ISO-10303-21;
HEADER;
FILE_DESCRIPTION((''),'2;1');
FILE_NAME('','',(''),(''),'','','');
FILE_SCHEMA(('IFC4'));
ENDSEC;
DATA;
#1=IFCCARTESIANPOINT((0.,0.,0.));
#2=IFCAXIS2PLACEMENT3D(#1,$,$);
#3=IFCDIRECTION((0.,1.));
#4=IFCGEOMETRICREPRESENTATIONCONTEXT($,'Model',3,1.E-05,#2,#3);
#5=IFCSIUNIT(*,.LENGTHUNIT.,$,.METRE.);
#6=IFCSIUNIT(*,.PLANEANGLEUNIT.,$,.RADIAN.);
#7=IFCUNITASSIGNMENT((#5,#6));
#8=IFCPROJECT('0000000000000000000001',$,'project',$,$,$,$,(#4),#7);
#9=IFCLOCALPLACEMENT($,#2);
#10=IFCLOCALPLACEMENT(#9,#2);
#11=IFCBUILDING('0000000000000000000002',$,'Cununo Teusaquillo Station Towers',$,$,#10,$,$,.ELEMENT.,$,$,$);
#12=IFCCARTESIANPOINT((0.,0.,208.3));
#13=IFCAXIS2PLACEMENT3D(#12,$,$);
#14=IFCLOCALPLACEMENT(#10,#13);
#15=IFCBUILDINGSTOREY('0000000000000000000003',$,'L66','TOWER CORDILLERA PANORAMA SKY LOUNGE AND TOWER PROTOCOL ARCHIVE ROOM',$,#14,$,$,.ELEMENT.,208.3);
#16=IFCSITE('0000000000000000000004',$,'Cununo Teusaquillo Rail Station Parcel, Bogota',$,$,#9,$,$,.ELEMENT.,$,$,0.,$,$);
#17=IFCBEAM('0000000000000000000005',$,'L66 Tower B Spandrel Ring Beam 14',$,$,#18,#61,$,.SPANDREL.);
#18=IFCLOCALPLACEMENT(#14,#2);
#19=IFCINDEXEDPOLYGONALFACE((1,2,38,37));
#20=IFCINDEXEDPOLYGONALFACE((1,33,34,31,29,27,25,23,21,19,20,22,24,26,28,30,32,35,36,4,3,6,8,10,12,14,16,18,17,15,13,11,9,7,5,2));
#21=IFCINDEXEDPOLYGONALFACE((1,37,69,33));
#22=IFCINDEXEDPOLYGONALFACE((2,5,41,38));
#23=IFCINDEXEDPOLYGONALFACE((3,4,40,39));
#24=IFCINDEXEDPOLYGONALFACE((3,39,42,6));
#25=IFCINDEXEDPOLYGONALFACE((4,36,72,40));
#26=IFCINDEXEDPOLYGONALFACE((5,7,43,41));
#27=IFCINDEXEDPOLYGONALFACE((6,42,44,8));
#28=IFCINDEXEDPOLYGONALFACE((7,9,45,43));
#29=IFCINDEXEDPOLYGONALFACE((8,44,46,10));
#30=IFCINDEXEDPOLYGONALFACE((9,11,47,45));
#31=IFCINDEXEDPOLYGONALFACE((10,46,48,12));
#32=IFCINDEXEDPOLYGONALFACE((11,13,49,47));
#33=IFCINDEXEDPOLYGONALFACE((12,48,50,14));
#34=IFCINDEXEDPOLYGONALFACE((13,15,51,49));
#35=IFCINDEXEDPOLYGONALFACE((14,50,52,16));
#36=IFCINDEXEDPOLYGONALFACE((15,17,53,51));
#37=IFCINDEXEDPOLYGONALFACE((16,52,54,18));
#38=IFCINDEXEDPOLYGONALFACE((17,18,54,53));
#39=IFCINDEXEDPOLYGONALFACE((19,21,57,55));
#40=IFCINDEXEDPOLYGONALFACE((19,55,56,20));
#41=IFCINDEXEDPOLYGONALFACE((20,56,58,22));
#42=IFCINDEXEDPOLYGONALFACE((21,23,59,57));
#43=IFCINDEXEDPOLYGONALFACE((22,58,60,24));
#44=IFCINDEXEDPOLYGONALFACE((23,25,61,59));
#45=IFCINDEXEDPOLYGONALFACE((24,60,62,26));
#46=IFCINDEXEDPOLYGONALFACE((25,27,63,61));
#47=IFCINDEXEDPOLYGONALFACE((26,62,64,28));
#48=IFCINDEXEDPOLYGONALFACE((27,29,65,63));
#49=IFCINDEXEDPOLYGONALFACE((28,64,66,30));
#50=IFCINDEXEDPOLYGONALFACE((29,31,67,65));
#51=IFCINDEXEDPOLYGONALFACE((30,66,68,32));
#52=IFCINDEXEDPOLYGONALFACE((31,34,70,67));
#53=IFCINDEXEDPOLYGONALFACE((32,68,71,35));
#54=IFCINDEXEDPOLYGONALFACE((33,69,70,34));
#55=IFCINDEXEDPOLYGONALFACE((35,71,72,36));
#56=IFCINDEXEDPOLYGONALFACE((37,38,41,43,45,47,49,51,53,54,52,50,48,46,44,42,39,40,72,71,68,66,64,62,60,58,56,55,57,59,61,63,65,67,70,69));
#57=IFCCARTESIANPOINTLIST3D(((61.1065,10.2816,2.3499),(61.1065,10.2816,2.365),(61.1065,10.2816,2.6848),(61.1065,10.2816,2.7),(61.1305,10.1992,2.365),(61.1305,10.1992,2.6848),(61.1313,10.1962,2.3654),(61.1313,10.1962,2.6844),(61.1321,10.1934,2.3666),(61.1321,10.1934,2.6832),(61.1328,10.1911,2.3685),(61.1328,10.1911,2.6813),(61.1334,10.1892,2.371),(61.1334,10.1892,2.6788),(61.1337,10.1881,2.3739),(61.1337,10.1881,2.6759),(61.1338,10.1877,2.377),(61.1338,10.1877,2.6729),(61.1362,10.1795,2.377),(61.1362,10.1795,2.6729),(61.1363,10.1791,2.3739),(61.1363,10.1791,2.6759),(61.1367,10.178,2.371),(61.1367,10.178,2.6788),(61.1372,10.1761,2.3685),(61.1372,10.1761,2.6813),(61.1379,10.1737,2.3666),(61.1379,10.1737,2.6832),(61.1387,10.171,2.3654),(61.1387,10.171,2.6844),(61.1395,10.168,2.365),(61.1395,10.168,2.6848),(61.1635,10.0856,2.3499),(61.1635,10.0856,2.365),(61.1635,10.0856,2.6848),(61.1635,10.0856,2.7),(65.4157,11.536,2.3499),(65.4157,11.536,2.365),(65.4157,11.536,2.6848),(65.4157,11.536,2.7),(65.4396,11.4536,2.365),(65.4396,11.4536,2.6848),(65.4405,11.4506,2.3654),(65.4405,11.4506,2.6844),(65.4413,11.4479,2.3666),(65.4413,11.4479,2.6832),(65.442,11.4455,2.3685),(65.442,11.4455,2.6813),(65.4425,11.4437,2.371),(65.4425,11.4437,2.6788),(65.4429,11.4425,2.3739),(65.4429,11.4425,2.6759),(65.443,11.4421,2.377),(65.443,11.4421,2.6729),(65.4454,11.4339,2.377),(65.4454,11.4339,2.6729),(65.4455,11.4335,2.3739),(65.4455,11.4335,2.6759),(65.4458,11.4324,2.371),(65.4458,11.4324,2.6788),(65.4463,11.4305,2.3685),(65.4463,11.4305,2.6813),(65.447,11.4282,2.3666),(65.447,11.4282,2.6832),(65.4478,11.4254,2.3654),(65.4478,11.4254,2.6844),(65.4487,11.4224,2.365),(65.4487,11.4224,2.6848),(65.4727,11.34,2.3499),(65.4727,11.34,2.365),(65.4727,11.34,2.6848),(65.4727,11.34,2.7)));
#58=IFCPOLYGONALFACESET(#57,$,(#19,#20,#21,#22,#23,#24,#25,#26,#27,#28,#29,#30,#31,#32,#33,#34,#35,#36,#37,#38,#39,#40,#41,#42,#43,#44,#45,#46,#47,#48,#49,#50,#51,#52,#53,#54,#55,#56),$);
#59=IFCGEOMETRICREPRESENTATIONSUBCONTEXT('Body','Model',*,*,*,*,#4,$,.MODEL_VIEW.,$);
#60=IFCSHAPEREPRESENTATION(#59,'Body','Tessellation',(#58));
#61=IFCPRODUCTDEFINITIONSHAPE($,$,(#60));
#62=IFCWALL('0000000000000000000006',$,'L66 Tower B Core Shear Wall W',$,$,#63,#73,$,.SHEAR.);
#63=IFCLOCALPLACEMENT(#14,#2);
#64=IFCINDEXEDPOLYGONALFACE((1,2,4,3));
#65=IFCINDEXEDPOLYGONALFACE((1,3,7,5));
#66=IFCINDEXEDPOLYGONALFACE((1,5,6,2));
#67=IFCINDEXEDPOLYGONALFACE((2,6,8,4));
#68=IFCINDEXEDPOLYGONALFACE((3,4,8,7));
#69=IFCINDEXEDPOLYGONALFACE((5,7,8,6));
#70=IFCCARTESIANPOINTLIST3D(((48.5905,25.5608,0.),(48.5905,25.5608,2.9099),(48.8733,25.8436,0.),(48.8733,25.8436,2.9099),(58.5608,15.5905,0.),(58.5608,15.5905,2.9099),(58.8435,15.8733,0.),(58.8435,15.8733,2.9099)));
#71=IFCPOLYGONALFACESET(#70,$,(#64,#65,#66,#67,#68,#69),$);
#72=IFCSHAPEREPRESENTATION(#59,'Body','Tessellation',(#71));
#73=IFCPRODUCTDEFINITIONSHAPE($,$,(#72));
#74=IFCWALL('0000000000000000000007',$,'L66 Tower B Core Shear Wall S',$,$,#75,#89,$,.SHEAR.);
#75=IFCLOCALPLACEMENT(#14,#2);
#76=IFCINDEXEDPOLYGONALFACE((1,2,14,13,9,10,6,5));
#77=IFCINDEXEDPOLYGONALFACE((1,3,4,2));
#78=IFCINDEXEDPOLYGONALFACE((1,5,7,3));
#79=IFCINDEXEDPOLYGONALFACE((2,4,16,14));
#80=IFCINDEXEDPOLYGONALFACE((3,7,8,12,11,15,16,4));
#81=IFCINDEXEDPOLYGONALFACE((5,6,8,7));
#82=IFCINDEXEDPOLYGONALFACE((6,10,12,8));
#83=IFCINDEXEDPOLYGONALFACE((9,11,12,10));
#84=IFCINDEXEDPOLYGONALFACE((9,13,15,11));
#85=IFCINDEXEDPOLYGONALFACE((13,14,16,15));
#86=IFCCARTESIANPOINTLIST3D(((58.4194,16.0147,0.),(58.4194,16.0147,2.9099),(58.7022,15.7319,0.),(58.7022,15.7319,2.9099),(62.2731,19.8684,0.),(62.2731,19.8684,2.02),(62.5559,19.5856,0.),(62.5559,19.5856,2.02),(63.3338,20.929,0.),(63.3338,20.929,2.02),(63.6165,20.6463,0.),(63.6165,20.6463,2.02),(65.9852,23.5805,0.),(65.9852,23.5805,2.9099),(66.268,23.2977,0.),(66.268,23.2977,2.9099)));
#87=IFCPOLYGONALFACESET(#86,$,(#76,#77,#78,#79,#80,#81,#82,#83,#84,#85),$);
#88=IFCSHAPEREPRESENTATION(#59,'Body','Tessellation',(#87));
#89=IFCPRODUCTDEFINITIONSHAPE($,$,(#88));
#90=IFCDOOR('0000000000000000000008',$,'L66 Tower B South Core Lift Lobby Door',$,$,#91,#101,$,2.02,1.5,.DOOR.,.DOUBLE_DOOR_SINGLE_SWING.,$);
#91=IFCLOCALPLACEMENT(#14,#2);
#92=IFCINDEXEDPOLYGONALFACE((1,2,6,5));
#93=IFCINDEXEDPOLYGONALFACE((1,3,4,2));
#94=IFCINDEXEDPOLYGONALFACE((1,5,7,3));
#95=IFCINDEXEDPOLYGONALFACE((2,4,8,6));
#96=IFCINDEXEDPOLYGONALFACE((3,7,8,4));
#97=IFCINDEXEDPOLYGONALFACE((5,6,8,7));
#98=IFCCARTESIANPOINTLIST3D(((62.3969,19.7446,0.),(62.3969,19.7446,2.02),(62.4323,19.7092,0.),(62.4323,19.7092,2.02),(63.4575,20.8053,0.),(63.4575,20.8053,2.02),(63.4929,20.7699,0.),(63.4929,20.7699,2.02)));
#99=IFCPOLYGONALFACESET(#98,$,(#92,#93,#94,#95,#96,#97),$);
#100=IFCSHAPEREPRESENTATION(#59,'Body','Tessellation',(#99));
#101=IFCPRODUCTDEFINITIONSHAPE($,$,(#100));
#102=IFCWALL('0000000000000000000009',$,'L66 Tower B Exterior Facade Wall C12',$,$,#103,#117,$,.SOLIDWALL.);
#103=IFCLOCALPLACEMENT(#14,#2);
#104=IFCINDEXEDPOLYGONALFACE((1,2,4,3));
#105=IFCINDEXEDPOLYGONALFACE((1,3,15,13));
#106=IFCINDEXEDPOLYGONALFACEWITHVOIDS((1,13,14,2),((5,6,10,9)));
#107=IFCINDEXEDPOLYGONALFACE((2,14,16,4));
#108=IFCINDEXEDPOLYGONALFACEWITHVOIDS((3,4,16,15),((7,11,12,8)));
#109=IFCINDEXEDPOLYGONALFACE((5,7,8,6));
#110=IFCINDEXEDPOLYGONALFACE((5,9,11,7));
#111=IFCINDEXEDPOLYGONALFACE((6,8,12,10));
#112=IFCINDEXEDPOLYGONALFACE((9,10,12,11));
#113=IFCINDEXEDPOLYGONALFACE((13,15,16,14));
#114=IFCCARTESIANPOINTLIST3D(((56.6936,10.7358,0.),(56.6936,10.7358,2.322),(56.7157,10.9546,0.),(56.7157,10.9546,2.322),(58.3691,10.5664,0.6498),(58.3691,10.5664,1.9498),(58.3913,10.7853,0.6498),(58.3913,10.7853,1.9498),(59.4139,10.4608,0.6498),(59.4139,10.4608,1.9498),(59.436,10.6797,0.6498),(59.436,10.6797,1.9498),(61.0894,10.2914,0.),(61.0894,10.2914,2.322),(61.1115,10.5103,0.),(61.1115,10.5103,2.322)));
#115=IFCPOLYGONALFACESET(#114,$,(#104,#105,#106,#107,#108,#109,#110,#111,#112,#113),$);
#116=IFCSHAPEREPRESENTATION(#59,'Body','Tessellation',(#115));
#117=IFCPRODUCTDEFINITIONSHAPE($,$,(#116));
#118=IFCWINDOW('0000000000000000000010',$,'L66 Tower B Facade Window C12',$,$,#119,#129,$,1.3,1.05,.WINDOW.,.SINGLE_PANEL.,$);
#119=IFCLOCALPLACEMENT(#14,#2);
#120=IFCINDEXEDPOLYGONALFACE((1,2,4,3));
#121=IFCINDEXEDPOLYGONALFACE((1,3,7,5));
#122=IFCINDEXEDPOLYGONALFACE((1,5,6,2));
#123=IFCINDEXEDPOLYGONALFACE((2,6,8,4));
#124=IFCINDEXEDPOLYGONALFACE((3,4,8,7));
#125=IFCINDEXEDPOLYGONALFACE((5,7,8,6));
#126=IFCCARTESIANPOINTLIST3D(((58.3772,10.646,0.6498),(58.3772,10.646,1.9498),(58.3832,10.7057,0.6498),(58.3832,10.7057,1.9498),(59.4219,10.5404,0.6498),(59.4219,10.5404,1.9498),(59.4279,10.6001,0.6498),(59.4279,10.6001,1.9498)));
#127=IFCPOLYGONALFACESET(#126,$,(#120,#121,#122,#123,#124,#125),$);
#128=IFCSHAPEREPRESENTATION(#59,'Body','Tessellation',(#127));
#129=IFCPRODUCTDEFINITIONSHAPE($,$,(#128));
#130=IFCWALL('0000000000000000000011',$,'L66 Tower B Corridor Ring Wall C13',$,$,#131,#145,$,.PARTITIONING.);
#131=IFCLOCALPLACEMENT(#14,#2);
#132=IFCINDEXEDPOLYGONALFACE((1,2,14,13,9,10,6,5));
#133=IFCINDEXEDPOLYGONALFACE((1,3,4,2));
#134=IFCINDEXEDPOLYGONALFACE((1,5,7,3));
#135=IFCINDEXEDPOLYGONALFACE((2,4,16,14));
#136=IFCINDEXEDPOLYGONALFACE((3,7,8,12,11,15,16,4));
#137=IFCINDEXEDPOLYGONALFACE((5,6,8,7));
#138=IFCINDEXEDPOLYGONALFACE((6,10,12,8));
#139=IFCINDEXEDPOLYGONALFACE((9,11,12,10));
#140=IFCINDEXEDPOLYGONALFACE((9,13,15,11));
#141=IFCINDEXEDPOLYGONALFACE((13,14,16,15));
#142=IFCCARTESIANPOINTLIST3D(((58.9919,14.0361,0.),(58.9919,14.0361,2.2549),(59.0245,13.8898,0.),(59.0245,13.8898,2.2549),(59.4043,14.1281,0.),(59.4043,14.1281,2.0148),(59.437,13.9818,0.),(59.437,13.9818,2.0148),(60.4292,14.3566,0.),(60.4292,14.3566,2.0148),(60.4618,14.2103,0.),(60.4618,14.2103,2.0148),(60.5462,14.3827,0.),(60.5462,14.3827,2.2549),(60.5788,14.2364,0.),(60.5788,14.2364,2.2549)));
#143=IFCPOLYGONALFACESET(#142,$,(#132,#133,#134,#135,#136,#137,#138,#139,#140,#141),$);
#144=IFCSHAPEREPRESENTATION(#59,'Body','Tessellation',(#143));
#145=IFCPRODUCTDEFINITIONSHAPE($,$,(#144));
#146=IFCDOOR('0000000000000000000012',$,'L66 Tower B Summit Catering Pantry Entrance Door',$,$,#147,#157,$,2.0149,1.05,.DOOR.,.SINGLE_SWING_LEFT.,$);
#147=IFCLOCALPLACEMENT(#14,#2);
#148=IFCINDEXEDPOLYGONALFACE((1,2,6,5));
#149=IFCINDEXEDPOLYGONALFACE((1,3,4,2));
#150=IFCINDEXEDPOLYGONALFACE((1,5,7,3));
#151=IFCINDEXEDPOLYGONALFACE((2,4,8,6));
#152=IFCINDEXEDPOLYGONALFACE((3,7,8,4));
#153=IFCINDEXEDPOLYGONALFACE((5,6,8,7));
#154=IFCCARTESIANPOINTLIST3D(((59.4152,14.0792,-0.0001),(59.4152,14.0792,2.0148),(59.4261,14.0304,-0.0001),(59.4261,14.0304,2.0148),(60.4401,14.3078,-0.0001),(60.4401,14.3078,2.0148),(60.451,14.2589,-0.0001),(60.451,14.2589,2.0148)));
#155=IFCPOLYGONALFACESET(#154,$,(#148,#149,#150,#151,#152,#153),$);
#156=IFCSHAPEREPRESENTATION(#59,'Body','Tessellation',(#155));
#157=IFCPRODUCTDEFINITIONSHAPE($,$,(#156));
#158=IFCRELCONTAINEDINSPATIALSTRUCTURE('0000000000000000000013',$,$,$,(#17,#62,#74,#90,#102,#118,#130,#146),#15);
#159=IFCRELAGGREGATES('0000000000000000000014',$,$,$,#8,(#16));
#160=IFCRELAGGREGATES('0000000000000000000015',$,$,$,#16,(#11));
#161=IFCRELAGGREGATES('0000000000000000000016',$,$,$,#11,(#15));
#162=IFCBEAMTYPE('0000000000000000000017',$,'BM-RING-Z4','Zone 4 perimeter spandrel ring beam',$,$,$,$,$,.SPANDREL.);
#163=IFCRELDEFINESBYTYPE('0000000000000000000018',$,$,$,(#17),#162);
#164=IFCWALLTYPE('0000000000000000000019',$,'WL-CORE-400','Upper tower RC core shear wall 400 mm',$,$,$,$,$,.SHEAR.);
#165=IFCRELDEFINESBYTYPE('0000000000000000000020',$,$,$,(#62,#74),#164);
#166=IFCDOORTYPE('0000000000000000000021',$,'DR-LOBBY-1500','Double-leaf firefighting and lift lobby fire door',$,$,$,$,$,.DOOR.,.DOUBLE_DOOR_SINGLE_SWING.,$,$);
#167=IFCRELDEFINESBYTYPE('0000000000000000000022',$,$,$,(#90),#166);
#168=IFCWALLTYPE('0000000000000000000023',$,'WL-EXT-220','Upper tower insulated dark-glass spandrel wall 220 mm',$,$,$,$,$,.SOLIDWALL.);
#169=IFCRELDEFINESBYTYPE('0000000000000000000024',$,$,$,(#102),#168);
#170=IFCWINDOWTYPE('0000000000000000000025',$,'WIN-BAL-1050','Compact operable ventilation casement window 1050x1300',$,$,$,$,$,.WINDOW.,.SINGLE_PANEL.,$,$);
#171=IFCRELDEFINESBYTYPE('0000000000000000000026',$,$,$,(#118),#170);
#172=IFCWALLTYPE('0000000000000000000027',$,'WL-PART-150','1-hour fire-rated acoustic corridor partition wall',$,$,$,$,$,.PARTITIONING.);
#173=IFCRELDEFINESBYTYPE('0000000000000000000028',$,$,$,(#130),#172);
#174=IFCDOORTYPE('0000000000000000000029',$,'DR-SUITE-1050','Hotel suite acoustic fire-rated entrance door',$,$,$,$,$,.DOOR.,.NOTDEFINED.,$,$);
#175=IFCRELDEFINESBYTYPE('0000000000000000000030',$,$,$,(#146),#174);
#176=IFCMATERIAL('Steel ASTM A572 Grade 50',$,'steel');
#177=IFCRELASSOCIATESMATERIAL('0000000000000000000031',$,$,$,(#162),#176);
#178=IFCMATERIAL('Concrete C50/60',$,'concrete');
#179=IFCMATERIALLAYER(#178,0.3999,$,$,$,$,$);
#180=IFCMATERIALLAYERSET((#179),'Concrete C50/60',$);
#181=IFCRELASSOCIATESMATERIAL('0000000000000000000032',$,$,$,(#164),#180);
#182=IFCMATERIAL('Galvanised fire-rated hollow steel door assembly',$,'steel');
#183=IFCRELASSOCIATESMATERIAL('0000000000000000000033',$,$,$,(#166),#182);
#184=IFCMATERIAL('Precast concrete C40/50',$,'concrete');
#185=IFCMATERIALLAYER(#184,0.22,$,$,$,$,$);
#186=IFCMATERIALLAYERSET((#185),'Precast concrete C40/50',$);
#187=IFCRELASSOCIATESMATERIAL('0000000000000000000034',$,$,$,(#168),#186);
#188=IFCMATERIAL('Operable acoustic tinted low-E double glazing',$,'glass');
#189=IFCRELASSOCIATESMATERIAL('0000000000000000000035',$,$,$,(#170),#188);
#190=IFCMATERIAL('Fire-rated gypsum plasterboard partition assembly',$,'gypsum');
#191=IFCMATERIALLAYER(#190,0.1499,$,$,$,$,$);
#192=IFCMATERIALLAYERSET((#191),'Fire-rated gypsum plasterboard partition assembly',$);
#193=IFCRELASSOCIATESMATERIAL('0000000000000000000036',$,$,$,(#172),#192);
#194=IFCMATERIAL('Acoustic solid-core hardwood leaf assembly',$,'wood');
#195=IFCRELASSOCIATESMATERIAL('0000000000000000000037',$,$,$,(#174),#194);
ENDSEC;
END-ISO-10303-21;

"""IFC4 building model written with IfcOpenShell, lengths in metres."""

from ifc_helpers import new_model, si_unit, direction, frame, frame_2d, origin, origin_2d, place, context, subcontext, project, spatial, rectangle, i_section, extrude, source, transform, mapped, material, layer, layer_set, material_profile, profile_set, type_object, element, fill, save


model = new_model("IFC4")

# Units and contexts
model_context = context("Model", 3, precision=1e-05, world=origin(), true_north=direction((0.0, 1.0)))
body_context = subcontext(model_context, "Body", "Model", "MODEL_VIEW")
ifc_project = project(units=[si_unit("LENGTHUNIT", "METRE"), si_unit("PLANEANGLEUNIT", "RADIAN")], contexts=[model_context])

# Site, building, storey
site_placement = place(None, origin())
site = spatial("IfcSite", under=ifc_project, at=site_placement, Name="Cununo Teusaquillo Rail Station Parcel, Bogota", CompositionType="ELEMENT", RefElevation=0.0)
building_placement = place(site_placement, origin())
building = spatial("IfcBuilding", under=site, at=building_placement, Name="Cununo Teusaquillo Station Towers", CompositionType="ELEMENT")
storey_placement = place(building_placement, frame((0.0, 0.0, 208.3)))
storey = spatial("IfcBuildingStorey", under=building, at=storey_placement, Name="L66", Description="TOWER CORDILLERA PANORAMA SKY LOUNGE AND TOWER PROTOCOL ARCHIVE ROOM", CompositionType="ELEMENT", Elevation=208.3)

# Beam
ifc_material_1 = material(Name="Steel ASTM A572 Grade 50", Category="steel")
ifc_material_profile_1 = material_profile(ifc_material_1, i_section(OverallWidth=0.2041, OverallDepth=0.3501, WebThickness=0.0085, FlangeThickness=0.0151, FilletRadius=0.012, at=origin_2d()), Name="W14X48")
ifc_profile_set_1 = profile_set([ifc_material_profile_1], Name="Steel ASTM A572 Grade 50")
beam_type_1 = type_object("IfcBeamType", Name="BM-RING-Z4", Description="Zone 4 perimeter spandrel ring beam", PredefinedType="SPANDREL", material=ifc_profile_set_1)
beam_1_placement = place(storey_placement, frame((61.135, 10.1836, 2.5249), z_axis=(0.960145, 0.279503, 0.0), x_axis=(-0.279503, 0.960145, 0.0)))
element("IfcBeam", 1, at=beam_1_placement, inside=storey, type_object=beam_type_1, Name="L66 Tower B Spandrel Ring Beam 14", PredefinedType="SPANDREL", context=body_context, shape_type="SweptSolid", body=[
    extrude(i_section(OverallWidth=0.2041, OverallDepth=0.3501, WebThickness=0.0085, FlangeThickness=0.0151, FilletRadius=0.012, at=origin_2d()), origin(), (0.0, 0.0, 1.0), 4.488),
])

# Wall
ifc_material_2 = material(Name="Concrete C50/60", Category="concrete")
ifc_layer_1 = layer(ifc_material_2, 0.3999)
ifc_layer_set_1 = layer_set([ifc_layer_1], Name="Concrete C50/60")
wall_type_1 = type_object("IfcWallType", Name="WL-CORE-400", Description="Upper tower RC core shear wall 400 mm", PredefinedType="SHEAR", material=ifc_layer_set_1)
wall_1_placement = place(storey_placement, frame((58.7021, 15.7319, 0.0), z_axis=(0.0, 0.0, 1.0), x_axis=(-0.707107, 0.707107, 0.0)))
element("IfcWall", 2, at=wall_1_placement, inside=storey, type_object=wall_type_1, Name="L66 Tower B Core Shear Wall W", PredefinedType="SHEAR", context=body_context, shape_type="SweptSolid", body=[
    extrude(rectangle(XDim=14.1001, YDim=0.3999, at=frame_2d((7.05, 0.0))), origin(), (0.0, 0.0, 1.0), 2.9099),
])

# Wall, opening, door
wall_2_placement = place(storey_placement, frame((58.5608, 15.8733, 0.0), z_axis=(0.0, 0.0, 1.0), x_axis=(0.707107, 0.707107, 0.0)))
wall_2 = element("IfcWall", 3, at=wall_2_placement, inside=storey, type_object=wall_type_1, Name="L66 Tower B Core Shear Wall S", PredefinedType="SHEAR", context=body_context, shape_type="SweptSolid", body=[
    extrude(rectangle(XDim=10.6997, YDim=0.3999, at=frame_2d((5.3499, 0.0))), origin(), (0.0, 0.0, 1.0), 2.9099),
])
shared_shape_1 = source(origin(), body_context, "Body", "SweptSolid", [
    extrude(rectangle(XDim=1.5, YDim=2.02, at=frame_2d((0.75, 1.01))), frame((0.0, 0.21, 0.0), z_axis=(0.0, -1.0, 0.0), x_axis=(1.0, 0.0, 0.0)), (0.0, 0.0, 1.0), 0.4199),
])
opening_1_placement = place(wall_2_placement, frame((5.45, 0.0, 0.0)))
opening_1 = element("IfcOpeningElement", 4, at=opening_1_placement, cuts=wall_2, PredefinedType="OPENING", context=body_context, shape_type="MappedRepresentation", body=[
    mapped(shared_shape_1, transform((0.0, 0.0, 0.0), x_axis=(1.0, 0.0, 0.0), y_axis=(0.0, 1.0, 0.0), z_axis=(0.0, 0.0, 1.0), scale=1.0)),
])
ifc_material_3 = material(Name="Galvanised fire-rated hollow steel door assembly", Category="steel")
door_type_1 = type_object("IfcDoorType", Name="DR-LOBBY-1500", Description="Double-leaf firefighting and lift lobby fire door", OperationType="DOUBLE_DOOR_SINGLE_SWING", PredefinedType="DOOR", material=ifc_material_3)
shared_shape_2 = source(origin(), body_context, "Body", "SweptSolid", [
    extrude(rectangle(XDim=1.5, YDim=2.02, at=frame_2d((0.75, 1.01))), frame((0.0, 0.0249, 0.0), z_axis=(0.0, -1.0, 0.0), x_axis=(1.0, 0.0, 0.0)), (0.0, 0.0, 1.0), 0.05),
])
door_1_placement = place(opening_1_placement, origin())
door_1 = element("IfcDoor", 5, at=door_1_placement, inside=storey, type_object=door_type_1, Name="L66 Tower B South Core Lift Lobby Door", OperationType="DOUBLE_DOOR_SINGLE_SWING", OverallHeight=2.02, OverallWidth=1.5, PredefinedType="DOOR", context=body_context, shape_type="MappedRepresentation", body=[
    mapped(shared_shape_2, transform((0.0, 0.0, 0.0), x_axis=(1.0, 0.0, 0.0), y_axis=(0.0, 1.0, 0.0), z_axis=(0.0, 0.0, 1.0), scale=1.0)),
])
fill(opening_1, door_1)

# Wall, opening, window
ifc_material_4 = material(Name="Precast concrete C40/50", Category="concrete")
ifc_layer_2 = layer(ifc_material_4, 0.22)
ifc_layer_set_2 = layer_set([ifc_layer_2], Name="Precast concrete C40/50")
wall_type_2 = type_object("IfcWallType", Name="WL-EXT-220", Description="Upper tower insulated dark-glass spandrel wall 220 mm", PredefinedType="SOLIDWALL", material=ifc_layer_set_2)
wall_3_placement = place(storey_placement, frame((61.1003, 10.4009, 0.0), z_axis=(0.0, 0.0, 1.0), x_axis=(-0.99493, 0.100571, 0.0)))
wall_3 = element("IfcWall", 6, at=wall_3_placement, inside=storey, type_object=wall_type_2, Name="L66 Tower B Exterior Facade Wall C12", PredefinedType="SOLIDWALL", context=body_context, shape_type="SweptSolid", body=[
    extrude(rectangle(XDim=4.4182, YDim=0.22, at=frame_2d((2.209, 0.0))), origin(), (0.0, 0.0, 1.0), 2.322),
])
shared_shape_3 = source(origin(), body_context, "Body", "SweptSolid", [
    extrude(rectangle(XDim=1.05, YDim=1.3, at=frame_2d((0.5249, 0.6499))), frame((0.0, 0.1199, 0.0), z_axis=(0.0, -1.0, 0.0), x_axis=(1.0, 0.0, 0.0)), (0.0, 0.0, 1.0), 0.24),
])
opening_2_placement = place(wall_3_placement, frame((1.6841, 0.0, 0.6499)))
opening_2 = element("IfcOpeningElement", 7, at=opening_2_placement, cuts=wall_3, PredefinedType="OPENING", context=body_context, shape_type="MappedRepresentation", body=[
    mapped(shared_shape_3, transform((0.0, 0.0, 0.0), x_axis=(1.0, 0.0, 0.0), y_axis=(0.0, 1.0, 0.0), z_axis=(0.0, 0.0, 1.0), scale=1.0)),
])
ifc_material_5 = material(Name="Operable acoustic tinted low-E double glazing", Category="glass")
window_type = type_object("IfcWindowType", Name="WIN-BAL-1050", Description="Compact operable ventilation casement window 1050x1300", PartitioningType="SINGLE_PANEL", PredefinedType="WINDOW", material=ifc_material_5)
shared_shape_4 = source(origin(), body_context, "Body", "SweptSolid", [
    extrude(rectangle(XDim=1.05, YDim=1.3, at=frame_2d((0.5249, 0.6499))), frame((0.0, 0.03, 0.0), z_axis=(0.0, -1.0, 0.0), x_axis=(1.0, 0.0, 0.0)), (0.0, 0.0, 1.0), 0.0601),
])
window_placement = place(opening_2_placement, origin())
window = element("IfcWindow", 8, at=window_placement, inside=storey, type_object=window_type, Name="L66 Tower B Facade Window C12", OverallHeight=1.3, OverallWidth=1.05, PartitioningType="SINGLE_PANEL", PredefinedType="WINDOW", context=body_context, shape_type="MappedRepresentation", body=[
    mapped(shared_shape_4, transform((0.0, 0.0, 0.0), x_axis=(1.0, 0.0, 0.0), y_axis=(0.0, 1.0, 0.0), z_axis=(0.0, 0.0, 1.0), scale=1.0)),
])
fill(opening_2, window)

# Wall, opening, door
ifc_material_6 = material(Name="Fire-rated gypsum plasterboard partition assembly", Category="gypsum")
ifc_layer_3 = layer(ifc_material_6, 0.1499)
ifc_layer_set_3 = layer_set([ifc_layer_3], Name="Fire-rated gypsum plasterboard partition assembly")
wall_type_3 = type_object("IfcWallType", Name="WL-PART-150", Description="1-hour fire-rated acoustic corridor partition wall", PredefinedType="PARTITIONING", material=ifc_layer_set_3)
wall_4_placement = place(storey_placement, frame((59.0081, 13.9629, 0.0), z_axis=(0.0, 0.0, 1.0), x_axis=(0.976021, 0.217677, 0.0)))
wall_4 = element("IfcWall", 9, at=wall_4_placement, inside=storey, type_object=wall_type_3, Name="L66 Tower B Corridor Ring Wall C13", PredefinedType="PARTITIONING", context=body_context, shape_type="SweptSolid", body=[
    extrude(rectangle(XDim=1.5925, YDim=0.1499, at=frame_2d((0.7964, 0.0))), origin(), (0.0, 0.0, 1.0), 2.2549),
])
shared_shape_5 = source(origin(), body_context, "Body", "SweptSolid", [
    extrude(rectangle(XDim=1.05, YDim=2.0149, at=frame_2d((0.5249, 1.0073))), frame((0.0, 0.085, 0.0), z_axis=(0.0, -1.0, 0.0), x_axis=(1.0, 0.0, 0.0)), (0.0, 0.0, 1.0), 0.1699),
])
opening_3_placement = place(wall_4_placement, frame((0.4229, 0.0, 0.0)))
opening_3 = element("IfcOpeningElement", 10, at=opening_3_placement, cuts=wall_4, PredefinedType="OPENING", context=body_context, shape_type="MappedRepresentation", body=[
    mapped(shared_shape_5, transform((0.0, 0.0, 0.0), x_axis=(1.0, 0.0, 0.0), y_axis=(0.0, 1.0, 0.0), z_axis=(0.0, 0.0, 1.0), scale=1.0)),
])
ifc_material_7 = material(Name="Acoustic solid-core hardwood leaf assembly", Category="wood")
door_type_2 = type_object("IfcDoorType", Name="DR-SUITE-1050", Description="Hotel suite acoustic fire-rated entrance door", OperationType="NOTDEFINED", PredefinedType="DOOR", material=ifc_material_7)
shared_shape_6 = source(origin(), body_context, "Body", "SweptSolid", [
    extrude(rectangle(XDim=1.05, YDim=2.0149, at=frame_2d((0.5249, 1.0073))), frame((0.0, 0.0249, 0.0), z_axis=(0.0, -1.0, 0.0), x_axis=(1.0, 0.0, 0.0)), (0.0, 0.0, 1.0), 0.05),
])
door_2_placement = place(opening_3_placement, origin())
door_2 = element("IfcDoor", 11, at=door_2_placement, inside=storey, type_object=door_type_2, Name="L66 Tower B Summit Catering Pantry Entrance Door", OperationType="SINGLE_SWING_LEFT", OverallHeight=2.0149, OverallWidth=1.05, PredefinedType="DOOR", context=body_context, shape_type="MappedRepresentation", body=[
    mapped(shared_shape_6, transform((0.0, 0.0, 0.0), x_axis=(1.0, 0.0, 0.0), y_axis=(0.0, 1.0, 0.0), z_axis=(0.0, 0.0, 1.0), scale=1.0)),
])
fill(opening_3, door_2)

save(model, "model.ifc")
